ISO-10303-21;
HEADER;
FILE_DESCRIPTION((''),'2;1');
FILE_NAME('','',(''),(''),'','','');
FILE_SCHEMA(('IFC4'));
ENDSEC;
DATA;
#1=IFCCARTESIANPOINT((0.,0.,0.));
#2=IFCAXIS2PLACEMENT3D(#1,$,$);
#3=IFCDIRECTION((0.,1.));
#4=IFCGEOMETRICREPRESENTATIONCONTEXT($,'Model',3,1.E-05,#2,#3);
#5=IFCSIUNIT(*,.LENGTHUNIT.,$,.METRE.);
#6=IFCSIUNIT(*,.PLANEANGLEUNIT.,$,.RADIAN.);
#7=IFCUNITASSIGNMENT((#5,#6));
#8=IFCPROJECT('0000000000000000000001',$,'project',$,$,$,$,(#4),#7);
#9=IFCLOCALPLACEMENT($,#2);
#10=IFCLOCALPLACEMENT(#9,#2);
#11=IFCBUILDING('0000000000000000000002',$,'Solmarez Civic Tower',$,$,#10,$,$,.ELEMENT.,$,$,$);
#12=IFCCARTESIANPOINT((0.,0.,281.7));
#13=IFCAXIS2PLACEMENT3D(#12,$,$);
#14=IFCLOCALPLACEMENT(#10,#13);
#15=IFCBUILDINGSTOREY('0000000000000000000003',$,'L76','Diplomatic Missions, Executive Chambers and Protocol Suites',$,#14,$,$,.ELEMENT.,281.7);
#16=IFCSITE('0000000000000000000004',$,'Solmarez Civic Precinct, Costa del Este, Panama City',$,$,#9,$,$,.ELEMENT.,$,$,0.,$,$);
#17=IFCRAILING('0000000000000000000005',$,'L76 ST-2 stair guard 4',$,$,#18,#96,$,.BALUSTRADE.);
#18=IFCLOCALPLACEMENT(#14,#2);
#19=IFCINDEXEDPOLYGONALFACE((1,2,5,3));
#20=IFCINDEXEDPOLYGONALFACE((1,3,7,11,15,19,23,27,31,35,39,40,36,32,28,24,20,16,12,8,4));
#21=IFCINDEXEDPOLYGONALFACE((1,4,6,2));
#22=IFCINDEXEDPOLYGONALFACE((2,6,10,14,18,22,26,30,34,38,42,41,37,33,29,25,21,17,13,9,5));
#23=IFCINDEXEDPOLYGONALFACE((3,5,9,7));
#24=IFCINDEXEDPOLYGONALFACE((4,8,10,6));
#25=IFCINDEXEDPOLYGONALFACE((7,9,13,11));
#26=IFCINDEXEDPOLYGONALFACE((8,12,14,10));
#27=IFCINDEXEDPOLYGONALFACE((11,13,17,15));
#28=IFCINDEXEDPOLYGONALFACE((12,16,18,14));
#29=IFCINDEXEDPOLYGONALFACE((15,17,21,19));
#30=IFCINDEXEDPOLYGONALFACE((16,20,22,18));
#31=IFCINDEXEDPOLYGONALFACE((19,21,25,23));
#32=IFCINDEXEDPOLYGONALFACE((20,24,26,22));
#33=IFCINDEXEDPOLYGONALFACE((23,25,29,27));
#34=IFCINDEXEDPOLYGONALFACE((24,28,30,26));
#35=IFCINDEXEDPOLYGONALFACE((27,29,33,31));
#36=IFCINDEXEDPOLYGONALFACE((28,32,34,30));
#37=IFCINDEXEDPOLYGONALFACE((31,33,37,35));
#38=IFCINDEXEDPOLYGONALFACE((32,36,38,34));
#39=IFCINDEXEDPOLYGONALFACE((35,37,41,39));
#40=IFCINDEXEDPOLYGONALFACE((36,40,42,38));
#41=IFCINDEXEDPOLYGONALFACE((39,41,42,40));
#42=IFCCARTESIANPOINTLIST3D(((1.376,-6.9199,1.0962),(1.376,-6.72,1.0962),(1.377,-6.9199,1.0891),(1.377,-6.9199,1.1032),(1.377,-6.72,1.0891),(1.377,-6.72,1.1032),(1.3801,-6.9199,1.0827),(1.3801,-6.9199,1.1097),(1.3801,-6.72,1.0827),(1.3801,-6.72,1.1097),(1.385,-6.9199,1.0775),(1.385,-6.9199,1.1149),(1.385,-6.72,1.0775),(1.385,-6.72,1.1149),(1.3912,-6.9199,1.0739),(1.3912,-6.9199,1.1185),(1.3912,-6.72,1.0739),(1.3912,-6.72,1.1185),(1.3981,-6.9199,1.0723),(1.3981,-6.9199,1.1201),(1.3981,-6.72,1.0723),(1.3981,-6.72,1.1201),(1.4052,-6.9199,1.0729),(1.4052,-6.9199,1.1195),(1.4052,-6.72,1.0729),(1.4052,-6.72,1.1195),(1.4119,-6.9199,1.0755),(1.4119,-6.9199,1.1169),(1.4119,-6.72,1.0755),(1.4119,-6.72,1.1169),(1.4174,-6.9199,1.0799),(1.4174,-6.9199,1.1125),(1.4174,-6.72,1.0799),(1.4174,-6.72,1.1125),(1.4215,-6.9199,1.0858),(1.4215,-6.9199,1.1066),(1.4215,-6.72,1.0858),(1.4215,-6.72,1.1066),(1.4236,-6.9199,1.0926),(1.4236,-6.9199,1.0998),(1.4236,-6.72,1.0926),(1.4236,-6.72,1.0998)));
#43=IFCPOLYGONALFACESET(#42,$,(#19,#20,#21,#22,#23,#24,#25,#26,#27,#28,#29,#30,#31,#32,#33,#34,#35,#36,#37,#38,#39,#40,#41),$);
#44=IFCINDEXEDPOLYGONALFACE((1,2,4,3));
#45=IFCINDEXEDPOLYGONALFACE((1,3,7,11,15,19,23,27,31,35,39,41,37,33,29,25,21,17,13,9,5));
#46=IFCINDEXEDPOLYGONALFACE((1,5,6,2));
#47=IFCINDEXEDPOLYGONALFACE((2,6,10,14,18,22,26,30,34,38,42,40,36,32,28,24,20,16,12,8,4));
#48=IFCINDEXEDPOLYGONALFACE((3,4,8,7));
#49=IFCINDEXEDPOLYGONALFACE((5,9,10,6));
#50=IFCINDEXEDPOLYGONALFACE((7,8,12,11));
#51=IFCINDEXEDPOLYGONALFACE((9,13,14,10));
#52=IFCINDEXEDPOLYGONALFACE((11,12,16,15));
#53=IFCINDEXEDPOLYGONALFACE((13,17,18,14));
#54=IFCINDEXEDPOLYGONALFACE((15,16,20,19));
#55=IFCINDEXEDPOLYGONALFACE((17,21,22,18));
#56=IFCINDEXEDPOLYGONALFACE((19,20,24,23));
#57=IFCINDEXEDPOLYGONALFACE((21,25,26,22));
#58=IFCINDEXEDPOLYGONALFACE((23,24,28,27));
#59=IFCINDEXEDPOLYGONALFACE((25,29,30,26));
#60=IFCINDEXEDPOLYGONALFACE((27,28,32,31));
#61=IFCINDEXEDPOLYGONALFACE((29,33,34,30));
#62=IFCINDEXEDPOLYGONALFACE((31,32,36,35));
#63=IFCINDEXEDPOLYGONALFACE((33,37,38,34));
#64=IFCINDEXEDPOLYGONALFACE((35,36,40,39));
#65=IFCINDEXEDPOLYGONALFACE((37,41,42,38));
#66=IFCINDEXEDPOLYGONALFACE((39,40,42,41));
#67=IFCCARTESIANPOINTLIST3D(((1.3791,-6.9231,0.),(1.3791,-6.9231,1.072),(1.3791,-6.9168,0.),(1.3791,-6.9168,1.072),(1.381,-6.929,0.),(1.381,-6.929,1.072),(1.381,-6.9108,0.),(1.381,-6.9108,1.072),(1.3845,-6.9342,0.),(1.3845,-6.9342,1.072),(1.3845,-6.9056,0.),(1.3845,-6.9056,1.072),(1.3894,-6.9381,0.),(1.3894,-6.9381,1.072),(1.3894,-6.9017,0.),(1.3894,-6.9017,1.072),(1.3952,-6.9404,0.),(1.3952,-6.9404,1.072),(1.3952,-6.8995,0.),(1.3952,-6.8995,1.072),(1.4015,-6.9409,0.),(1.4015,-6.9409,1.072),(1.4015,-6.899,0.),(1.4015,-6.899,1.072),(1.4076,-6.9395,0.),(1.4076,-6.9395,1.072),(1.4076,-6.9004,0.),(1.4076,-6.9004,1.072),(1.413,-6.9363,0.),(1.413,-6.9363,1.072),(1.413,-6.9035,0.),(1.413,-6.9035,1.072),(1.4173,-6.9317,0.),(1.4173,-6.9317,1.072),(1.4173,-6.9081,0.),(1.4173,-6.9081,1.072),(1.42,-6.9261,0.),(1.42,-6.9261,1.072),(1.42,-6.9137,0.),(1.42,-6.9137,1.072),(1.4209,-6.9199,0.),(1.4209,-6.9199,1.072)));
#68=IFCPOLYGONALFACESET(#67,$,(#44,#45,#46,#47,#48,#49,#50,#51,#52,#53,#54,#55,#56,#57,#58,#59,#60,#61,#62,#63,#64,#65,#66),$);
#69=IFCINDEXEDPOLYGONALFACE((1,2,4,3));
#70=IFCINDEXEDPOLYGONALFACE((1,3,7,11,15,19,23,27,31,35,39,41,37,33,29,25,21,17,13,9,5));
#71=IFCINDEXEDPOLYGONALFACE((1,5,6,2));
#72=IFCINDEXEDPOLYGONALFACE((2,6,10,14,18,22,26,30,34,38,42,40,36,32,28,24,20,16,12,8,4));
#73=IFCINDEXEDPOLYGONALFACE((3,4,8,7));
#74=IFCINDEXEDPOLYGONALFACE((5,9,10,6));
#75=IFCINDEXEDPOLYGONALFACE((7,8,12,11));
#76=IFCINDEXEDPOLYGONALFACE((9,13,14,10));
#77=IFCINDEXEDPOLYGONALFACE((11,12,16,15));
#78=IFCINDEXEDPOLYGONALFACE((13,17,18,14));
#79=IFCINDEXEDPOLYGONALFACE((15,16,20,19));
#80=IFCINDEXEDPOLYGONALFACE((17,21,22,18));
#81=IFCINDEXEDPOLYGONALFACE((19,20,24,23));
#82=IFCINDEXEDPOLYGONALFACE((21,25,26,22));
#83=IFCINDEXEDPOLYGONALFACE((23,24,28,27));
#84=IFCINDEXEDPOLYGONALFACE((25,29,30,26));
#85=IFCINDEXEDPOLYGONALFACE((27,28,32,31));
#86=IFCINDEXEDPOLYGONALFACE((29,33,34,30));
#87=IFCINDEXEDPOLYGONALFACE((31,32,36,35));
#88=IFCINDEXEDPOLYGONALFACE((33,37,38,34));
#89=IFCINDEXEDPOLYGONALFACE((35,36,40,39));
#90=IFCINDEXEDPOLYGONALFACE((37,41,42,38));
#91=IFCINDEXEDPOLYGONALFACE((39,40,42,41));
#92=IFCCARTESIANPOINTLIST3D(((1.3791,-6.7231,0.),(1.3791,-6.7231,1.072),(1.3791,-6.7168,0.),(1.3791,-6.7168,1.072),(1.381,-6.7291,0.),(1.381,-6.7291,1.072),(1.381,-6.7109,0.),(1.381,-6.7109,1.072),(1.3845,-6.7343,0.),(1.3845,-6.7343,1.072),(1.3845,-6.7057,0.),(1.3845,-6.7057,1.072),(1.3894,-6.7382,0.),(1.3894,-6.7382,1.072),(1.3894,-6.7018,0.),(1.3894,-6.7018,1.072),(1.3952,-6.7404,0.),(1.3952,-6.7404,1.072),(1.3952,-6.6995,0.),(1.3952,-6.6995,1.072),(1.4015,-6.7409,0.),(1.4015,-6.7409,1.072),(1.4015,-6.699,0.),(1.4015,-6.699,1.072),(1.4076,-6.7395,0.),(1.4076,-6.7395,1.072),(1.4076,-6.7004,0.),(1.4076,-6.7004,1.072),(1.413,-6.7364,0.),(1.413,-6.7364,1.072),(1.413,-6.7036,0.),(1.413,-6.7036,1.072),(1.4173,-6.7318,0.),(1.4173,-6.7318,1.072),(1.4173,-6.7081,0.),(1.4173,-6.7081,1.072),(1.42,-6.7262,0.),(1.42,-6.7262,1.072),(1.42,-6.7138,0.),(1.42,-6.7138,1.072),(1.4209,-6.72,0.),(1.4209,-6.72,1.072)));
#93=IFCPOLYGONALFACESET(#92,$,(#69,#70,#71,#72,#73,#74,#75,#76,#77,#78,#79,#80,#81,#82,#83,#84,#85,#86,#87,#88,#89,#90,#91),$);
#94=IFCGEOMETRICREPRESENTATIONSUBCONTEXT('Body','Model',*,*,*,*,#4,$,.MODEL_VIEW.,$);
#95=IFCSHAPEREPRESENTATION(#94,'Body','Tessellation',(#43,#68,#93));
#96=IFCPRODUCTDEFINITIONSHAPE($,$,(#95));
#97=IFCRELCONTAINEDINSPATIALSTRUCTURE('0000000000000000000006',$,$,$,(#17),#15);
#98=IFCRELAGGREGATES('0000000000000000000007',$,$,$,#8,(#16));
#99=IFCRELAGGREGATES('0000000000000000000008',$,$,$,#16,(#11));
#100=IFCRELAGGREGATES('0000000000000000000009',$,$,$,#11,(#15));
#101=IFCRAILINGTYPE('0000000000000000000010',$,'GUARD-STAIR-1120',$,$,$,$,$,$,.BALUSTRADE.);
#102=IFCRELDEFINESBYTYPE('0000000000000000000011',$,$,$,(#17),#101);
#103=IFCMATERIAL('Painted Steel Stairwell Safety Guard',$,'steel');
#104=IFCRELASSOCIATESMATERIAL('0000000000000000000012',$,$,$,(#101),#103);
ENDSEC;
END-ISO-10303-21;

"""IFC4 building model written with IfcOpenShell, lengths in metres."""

from ifc_helpers import new_model, si_unit, direction, frame, origin, origin_2d, place, context, subcontext, project, spatial, circle, extrude, material, type_object, element, save


model = new_model("IFC4")

# Units and contexts
model_context = context("Model", 3, precision=1e-05, world=origin(), true_north=direction((0.0, 1.0)))
body_context = subcontext(model_context, "Body", "Model", "MODEL_VIEW")
ifc_project = project(units=[si_unit("LENGTHUNIT", "METRE"), si_unit("PLANEANGLEUNIT", "RADIAN")], contexts=[model_context])

# Site, building, storey
site_placement = place(None, origin())
site = spatial("IfcSite", under=ifc_project, at=site_placement, Name="Solmarez Civic Precinct, Costa del Este, Panama City", CompositionType="ELEMENT", RefElevation=0.0)
building_placement = place(site_placement, origin())
building = spatial("IfcBuilding", under=site, at=building_placement, Name="Solmarez Civic Tower", CompositionType="ELEMENT")
storey_placement = place(building_placement, frame((0.0, 0.0, 281.7)))
storey = spatial("IfcBuildingStorey", under=building, at=storey_placement, Name="L76", Description="Diplomatic Missions, Executive Chambers and Protocol Suites", CompositionType="ELEMENT", Elevation=281.7)

# Railing
ifc_material_1 = material(Name="Painted Steel Stairwell Safety Guard", Category="steel")
railing_type_1 = type_object("IfcRailingType", Name="GUARD-STAIR-1120", PredefinedType="BALUSTRADE", material=ifc_material_1)
railing_1_placement = place(storey_placement, frame((1.3999, -6.9199, 0.0)))
element("IfcRailing", 1, at=railing_1_placement, inside=storey, type_object=railing_type_1, Name="L76 ST-2 stair guard 4", PredefinedType="BALUSTRADE", context=body_context, shape_type="SweptSolid", body=[
    extrude(circle(Radius=0.0239, at=origin_2d()), frame((0.0, 0.0, 1.0962), z_axis=(0.0, 1.0, 0.0), x_axis=(-1.0, 0.0, 0.0)), (0.0, 0.0, 1.0), 0.2),
    extrude(circle(Radius=0.021, at=origin_2d()), origin(), (0.0, 0.0, 1.0), 1.072),
    extrude(circle(Radius=0.021, at=origin_2d()), frame((0.0, 0.2, 0.0)), (0.0, 0.0, 1.0), 1.072),
])

save(model, "model.ifc")
